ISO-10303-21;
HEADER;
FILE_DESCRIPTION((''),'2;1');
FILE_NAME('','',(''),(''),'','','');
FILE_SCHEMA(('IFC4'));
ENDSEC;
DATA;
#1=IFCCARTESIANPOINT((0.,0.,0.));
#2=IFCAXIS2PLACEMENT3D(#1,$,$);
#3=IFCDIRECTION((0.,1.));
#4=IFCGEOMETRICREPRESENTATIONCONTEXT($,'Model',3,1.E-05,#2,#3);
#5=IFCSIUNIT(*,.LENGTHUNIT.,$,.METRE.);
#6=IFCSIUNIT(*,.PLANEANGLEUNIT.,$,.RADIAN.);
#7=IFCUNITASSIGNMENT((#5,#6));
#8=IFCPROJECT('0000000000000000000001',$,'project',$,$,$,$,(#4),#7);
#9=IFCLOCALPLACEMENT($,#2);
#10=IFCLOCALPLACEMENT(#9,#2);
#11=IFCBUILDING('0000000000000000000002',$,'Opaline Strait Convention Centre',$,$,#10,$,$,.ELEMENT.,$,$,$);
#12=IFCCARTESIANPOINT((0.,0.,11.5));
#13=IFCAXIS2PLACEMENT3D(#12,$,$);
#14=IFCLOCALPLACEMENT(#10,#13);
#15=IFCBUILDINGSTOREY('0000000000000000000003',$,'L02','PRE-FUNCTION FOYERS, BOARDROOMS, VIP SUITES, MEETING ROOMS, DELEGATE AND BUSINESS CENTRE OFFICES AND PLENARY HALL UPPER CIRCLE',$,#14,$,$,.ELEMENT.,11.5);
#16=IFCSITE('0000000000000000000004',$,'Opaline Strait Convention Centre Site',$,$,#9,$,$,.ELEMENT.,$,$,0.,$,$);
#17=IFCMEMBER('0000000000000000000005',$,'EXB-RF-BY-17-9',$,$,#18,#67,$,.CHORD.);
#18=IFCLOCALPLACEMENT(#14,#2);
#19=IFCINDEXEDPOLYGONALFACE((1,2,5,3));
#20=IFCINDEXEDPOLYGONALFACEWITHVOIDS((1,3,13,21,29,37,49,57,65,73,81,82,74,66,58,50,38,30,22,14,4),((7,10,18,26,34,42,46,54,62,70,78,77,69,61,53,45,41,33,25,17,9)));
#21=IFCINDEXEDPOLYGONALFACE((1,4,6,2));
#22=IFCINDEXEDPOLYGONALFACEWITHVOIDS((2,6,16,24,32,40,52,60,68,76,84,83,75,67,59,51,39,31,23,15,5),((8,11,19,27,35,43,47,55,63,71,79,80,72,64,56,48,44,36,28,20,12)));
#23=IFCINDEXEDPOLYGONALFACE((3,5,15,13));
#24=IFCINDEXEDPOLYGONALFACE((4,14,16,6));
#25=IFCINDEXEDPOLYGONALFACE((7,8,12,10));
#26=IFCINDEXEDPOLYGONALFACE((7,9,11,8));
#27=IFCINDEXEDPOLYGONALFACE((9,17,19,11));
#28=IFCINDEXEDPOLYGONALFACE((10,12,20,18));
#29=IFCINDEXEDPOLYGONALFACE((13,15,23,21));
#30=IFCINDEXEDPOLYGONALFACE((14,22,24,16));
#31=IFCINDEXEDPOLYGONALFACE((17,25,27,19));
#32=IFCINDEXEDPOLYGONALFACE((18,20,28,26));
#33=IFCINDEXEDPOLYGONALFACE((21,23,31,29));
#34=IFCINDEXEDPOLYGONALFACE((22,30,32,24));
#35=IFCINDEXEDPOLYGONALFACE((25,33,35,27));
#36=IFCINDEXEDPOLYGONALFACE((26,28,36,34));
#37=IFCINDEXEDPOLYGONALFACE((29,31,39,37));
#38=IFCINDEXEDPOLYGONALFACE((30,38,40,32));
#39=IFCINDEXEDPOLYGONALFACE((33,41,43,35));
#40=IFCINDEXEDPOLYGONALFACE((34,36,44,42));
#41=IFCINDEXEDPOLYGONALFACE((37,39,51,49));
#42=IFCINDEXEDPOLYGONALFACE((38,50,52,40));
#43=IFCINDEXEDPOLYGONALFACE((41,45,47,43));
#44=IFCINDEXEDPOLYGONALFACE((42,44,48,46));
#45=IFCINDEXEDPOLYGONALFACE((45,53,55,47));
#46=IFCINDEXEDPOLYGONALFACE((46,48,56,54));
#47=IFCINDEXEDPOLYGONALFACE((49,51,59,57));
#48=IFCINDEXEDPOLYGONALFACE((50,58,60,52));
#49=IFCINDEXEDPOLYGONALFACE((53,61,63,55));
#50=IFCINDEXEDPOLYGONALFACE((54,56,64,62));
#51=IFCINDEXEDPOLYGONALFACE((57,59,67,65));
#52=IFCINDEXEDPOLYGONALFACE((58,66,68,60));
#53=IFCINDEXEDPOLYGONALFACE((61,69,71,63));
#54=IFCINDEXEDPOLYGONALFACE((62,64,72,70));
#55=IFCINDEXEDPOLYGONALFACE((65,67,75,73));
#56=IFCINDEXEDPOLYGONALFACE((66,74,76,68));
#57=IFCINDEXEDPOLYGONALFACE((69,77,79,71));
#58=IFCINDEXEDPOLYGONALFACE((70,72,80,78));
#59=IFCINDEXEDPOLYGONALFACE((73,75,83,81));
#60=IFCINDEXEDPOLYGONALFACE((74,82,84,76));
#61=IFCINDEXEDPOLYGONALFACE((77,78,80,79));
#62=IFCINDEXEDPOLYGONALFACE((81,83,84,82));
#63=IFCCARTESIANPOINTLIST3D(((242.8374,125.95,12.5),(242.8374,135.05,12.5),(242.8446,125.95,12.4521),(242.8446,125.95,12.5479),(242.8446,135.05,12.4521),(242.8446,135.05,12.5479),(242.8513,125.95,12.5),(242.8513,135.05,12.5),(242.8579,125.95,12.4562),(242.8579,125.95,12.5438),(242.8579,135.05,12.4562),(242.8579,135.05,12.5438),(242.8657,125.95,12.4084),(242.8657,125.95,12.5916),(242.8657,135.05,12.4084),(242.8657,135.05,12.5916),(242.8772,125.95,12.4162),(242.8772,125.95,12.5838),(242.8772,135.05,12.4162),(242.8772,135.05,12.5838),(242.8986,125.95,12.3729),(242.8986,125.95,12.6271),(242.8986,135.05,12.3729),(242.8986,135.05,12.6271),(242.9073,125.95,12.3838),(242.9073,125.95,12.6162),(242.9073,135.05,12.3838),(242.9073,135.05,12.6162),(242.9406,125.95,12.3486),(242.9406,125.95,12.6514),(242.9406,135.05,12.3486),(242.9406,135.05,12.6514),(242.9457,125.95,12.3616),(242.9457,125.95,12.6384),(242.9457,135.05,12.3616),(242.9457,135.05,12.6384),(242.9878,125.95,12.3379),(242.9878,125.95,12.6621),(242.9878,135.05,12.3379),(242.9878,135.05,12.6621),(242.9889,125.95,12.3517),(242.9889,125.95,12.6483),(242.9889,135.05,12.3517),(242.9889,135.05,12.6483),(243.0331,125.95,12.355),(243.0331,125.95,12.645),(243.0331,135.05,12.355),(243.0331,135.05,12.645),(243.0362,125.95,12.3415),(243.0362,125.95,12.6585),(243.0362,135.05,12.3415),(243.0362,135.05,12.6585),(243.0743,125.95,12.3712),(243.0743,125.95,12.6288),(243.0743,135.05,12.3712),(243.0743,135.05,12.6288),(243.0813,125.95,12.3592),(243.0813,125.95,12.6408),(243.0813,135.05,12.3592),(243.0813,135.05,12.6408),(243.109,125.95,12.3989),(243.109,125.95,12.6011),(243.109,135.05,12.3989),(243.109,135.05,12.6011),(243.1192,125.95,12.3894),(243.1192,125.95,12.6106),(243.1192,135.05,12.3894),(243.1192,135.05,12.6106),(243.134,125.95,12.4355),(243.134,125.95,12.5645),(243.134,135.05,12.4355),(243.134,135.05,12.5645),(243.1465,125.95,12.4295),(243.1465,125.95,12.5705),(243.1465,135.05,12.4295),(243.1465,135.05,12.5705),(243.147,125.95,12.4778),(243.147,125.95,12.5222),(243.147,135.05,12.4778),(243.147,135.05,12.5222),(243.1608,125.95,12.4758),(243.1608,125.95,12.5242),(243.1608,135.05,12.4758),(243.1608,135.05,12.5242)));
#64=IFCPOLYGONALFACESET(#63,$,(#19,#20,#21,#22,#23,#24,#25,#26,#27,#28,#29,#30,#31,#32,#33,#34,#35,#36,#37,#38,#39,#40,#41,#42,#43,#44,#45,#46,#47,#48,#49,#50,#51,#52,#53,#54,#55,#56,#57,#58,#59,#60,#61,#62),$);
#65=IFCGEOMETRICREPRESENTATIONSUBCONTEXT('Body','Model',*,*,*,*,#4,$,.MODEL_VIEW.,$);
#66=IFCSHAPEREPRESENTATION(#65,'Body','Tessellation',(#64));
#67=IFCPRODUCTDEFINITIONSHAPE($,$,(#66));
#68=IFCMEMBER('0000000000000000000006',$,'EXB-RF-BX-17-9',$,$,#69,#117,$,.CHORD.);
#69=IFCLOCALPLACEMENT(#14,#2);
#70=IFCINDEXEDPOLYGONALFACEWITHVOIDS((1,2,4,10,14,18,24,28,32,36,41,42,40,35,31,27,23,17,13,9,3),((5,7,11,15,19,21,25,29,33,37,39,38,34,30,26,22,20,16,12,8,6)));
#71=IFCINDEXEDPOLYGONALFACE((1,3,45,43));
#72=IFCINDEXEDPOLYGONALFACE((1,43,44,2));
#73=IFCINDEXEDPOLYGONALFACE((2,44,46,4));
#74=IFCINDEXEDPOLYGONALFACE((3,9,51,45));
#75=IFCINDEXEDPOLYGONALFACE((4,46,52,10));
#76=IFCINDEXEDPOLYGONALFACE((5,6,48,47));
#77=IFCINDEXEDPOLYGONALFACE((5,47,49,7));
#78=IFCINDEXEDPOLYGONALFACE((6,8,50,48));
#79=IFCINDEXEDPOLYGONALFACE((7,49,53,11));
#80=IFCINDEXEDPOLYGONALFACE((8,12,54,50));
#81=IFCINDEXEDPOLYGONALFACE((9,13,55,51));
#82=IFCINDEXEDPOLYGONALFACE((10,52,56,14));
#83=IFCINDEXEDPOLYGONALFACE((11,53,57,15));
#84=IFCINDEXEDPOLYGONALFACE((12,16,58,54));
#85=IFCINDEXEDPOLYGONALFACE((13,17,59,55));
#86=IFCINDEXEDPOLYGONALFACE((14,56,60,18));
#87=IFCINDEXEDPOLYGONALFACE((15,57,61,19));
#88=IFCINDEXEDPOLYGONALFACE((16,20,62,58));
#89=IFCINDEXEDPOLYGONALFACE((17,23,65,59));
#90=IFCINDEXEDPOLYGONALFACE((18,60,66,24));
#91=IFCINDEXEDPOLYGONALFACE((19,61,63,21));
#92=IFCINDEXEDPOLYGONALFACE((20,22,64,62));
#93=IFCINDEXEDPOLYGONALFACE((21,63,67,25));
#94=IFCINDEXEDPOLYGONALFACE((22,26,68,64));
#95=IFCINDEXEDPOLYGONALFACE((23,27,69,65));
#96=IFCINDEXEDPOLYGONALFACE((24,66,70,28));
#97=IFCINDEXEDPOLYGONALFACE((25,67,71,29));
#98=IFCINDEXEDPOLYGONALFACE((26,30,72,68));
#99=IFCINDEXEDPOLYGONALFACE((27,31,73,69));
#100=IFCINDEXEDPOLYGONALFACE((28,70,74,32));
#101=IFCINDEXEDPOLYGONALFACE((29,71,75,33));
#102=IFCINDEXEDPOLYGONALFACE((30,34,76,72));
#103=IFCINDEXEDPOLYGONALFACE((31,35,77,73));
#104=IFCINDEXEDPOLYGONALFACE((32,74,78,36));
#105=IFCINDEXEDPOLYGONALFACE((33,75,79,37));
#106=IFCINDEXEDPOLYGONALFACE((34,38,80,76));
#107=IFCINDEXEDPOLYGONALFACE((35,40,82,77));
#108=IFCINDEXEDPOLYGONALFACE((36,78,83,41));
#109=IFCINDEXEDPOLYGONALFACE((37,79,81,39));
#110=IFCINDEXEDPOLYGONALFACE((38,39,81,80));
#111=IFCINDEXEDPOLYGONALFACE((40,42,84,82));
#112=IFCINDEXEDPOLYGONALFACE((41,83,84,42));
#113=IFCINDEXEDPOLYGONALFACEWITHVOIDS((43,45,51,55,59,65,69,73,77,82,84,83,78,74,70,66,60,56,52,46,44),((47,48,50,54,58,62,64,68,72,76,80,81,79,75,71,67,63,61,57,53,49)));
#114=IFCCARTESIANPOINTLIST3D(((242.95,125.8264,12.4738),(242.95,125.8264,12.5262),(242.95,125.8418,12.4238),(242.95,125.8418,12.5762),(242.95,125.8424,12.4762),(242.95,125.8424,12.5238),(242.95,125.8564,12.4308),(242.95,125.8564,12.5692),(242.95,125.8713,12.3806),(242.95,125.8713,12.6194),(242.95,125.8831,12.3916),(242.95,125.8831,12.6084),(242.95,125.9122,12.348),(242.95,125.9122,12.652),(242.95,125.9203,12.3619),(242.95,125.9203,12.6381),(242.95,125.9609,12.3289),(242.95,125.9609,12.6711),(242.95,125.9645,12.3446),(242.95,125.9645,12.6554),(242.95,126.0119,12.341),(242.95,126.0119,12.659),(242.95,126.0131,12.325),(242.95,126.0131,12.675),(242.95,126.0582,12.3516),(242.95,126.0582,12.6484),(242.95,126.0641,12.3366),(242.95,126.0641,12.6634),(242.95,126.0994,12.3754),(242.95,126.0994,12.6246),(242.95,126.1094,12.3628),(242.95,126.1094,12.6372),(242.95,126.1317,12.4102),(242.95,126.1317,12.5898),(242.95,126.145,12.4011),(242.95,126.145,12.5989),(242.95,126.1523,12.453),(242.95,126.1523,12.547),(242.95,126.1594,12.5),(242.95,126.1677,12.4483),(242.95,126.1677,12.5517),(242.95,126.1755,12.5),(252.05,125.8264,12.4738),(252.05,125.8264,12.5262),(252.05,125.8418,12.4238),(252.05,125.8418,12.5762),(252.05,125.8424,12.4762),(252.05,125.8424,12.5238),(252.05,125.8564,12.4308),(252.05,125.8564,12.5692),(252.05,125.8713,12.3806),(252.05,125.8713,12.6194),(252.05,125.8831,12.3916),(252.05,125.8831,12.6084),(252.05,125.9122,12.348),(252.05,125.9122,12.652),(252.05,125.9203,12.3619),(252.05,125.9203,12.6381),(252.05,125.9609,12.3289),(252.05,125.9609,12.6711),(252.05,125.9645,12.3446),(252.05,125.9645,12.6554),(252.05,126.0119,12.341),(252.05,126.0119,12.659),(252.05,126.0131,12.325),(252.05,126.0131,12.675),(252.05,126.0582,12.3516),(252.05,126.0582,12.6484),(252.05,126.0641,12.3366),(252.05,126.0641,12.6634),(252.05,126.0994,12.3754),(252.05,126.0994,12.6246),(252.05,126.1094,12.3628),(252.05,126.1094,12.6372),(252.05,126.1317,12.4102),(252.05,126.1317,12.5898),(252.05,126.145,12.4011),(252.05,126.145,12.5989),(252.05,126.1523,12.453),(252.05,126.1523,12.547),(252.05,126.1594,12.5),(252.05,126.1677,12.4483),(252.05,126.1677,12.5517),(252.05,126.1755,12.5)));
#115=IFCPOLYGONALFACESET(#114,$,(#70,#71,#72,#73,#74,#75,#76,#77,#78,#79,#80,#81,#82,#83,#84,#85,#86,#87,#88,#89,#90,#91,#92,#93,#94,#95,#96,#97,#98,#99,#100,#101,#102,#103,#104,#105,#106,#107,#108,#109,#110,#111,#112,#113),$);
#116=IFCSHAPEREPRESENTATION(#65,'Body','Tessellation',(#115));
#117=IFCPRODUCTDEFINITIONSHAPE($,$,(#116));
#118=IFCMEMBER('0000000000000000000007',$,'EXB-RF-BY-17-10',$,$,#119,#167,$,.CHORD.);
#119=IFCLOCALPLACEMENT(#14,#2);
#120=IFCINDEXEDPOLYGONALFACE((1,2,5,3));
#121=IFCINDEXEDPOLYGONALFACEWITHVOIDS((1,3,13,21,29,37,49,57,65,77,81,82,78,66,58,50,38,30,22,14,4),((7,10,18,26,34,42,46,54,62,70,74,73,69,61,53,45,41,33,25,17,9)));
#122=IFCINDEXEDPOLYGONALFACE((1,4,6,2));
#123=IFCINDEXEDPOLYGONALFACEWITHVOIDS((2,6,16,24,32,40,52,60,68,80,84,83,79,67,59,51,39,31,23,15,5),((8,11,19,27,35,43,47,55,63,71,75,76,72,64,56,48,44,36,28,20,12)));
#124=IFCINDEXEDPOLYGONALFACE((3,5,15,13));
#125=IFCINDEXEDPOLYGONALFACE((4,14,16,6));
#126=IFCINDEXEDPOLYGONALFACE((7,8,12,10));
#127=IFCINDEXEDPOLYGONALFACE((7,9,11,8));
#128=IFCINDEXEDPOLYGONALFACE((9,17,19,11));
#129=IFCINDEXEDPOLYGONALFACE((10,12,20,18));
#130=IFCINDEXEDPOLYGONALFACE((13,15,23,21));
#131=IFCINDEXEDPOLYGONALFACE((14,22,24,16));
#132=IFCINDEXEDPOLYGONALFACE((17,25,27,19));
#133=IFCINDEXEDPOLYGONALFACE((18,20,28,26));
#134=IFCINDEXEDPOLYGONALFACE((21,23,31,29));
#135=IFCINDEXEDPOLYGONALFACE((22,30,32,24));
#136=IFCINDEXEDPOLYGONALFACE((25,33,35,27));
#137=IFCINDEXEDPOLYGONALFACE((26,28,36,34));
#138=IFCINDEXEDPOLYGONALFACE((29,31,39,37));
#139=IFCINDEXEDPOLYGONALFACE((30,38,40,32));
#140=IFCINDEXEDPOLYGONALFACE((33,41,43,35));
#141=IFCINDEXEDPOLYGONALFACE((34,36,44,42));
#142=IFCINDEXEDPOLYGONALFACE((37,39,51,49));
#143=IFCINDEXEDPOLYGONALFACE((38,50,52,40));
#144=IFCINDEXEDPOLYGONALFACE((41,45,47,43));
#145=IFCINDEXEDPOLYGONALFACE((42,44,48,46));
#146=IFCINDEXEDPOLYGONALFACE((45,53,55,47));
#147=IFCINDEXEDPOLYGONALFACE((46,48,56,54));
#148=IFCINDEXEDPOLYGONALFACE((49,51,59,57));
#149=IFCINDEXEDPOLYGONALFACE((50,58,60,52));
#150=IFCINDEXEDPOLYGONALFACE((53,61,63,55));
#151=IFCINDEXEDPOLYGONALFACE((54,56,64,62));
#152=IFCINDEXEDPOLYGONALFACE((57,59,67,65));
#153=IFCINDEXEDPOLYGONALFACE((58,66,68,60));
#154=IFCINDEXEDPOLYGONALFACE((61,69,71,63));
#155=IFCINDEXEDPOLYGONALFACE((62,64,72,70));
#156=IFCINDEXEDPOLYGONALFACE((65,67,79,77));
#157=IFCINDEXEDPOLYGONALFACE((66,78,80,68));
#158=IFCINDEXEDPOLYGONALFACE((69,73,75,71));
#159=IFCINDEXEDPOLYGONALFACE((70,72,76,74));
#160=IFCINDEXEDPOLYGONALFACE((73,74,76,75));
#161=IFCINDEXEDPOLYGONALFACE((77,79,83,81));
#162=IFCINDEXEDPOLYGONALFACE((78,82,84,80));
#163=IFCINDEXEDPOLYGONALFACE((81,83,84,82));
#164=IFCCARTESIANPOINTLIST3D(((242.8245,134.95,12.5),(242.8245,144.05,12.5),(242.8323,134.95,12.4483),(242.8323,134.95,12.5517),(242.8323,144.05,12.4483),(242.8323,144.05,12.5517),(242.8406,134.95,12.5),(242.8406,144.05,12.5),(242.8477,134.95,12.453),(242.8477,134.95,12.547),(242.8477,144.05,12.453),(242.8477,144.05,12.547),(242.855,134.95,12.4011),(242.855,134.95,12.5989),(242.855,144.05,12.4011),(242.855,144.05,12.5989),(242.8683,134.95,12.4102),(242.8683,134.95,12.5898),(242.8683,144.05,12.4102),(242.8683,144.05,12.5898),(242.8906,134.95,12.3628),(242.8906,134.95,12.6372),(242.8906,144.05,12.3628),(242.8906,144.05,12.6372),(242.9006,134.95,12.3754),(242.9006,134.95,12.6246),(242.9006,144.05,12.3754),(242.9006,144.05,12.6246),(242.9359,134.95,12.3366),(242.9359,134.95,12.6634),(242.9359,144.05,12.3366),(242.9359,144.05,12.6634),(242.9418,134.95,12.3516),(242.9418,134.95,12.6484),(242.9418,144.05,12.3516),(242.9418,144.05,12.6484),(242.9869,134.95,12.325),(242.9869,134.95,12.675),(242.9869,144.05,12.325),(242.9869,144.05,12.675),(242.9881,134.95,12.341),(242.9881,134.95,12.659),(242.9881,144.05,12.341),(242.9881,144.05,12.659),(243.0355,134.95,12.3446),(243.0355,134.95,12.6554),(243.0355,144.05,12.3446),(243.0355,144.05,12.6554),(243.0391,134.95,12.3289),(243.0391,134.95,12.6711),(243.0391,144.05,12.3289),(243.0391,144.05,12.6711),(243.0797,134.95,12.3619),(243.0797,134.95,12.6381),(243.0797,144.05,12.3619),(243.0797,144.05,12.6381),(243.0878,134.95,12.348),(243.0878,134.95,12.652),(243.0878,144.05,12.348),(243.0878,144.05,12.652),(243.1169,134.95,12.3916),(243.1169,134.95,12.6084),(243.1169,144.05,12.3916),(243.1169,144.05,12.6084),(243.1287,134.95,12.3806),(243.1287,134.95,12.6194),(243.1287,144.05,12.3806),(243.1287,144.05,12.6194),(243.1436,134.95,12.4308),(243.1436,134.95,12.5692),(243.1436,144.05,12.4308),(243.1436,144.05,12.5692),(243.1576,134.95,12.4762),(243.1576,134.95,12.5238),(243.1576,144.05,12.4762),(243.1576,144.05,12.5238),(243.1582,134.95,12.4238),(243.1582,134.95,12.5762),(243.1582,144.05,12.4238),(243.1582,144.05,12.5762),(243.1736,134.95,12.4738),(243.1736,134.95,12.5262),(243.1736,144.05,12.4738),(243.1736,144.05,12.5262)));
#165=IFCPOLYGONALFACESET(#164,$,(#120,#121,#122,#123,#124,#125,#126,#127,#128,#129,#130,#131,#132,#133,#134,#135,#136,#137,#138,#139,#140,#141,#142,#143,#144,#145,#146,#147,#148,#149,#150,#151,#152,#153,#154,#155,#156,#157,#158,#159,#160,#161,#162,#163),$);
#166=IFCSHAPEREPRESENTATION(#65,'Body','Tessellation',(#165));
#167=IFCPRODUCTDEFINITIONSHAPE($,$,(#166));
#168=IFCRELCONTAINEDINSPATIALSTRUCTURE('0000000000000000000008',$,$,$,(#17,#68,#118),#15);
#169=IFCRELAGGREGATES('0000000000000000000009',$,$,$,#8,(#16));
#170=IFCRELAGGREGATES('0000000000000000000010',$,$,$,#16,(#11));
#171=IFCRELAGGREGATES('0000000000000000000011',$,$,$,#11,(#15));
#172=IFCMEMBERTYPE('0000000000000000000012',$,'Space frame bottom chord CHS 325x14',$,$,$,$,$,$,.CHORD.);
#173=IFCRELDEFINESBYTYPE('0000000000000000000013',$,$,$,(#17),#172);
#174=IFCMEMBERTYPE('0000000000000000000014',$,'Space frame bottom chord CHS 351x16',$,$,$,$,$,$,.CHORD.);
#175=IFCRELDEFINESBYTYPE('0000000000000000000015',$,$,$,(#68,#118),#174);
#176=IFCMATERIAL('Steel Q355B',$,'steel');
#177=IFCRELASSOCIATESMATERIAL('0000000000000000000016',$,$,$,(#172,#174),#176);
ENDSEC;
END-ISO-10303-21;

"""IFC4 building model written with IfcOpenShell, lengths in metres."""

from ifc_helpers import new_model, si_unit, direction, frame, origin, origin_2d, place, context, subcontext, project, spatial, hollow_circle, extrude, material, material_profile, profile_set, type_object, element, save


model = new_model("IFC4")

# Units and contexts
model_context = context("Model", 3, precision=1e-05, world=origin(), true_north=direction((0.0, 1.0)))
body_context = subcontext(model_context, "Body", "Model", "MODEL_VIEW")
ifc_project = project(units=[si_unit("LENGTHUNIT", "METRE"), si_unit("PLANEANGLEUNIT", "RADIAN")], contexts=[model_context])

# Site, building, storey
site_placement = place(None, origin())
site = spatial("IfcSite", under=ifc_project, at=site_placement, Name="Opaline Strait Convention Centre Site", CompositionType="ELEMENT", RefElevation=0.0)
building_placement = place(site_placement, origin())
building = spatial("IfcBuilding", under=site, at=building_placement, Name="Opaline Strait Convention Centre", CompositionType="ELEMENT")
storey_placement = place(building_placement, frame((0.0, 0.0, 11.5)))
storey = spatial("IfcBuildingStorey", under=building, at=storey_placement, Name="L02", Description="PRE-FUNCTION FOYERS, BOARDROOMS, VIP SUITES, MEETING ROOMS, DELEGATE AND BUSINESS CENTRE OFFICES AND PLENARY HALL UPPER CIRCLE", CompositionType="ELEMENT", Elevation=11.5)

# Members
ifc_material = material(Name="Steel Q355B", Category="steel")
ifc_material_profile_1 = material_profile(ifc_material, hollow_circle(Radius=0.1626, WallThickness=0.0139, at=origin_2d()), Name="CHS 325x14")
ifc_profile_set_1 = profile_set([ifc_material_profile_1], Name="Steel Q355B")
member_type_1 = type_object("IfcMemberType", Name="Space frame bottom chord CHS 325x14", PredefinedType="CHORD", material=ifc_profile_set_1)
for number, where, z_axis, x_axis, name in (
    (1, (243.0, 125.95, 12.5), (0.0, 1.0, 0.0), (-1.0, 0.0, 0.0), "EXB-RF-BY-17-9"),
):
    element("IfcMember", number, at=place(storey_placement, frame(where, z_axis=z_axis, x_axis=x_axis)), inside=storey, type_object=member_type_1, Name=name, PredefinedType="CHORD", context=body_context, shape_type="SweptSolid", body=[
        extrude(hollow_circle(Radius=0.1626, WallThickness=0.0139, at=origin_2d()), origin(), (0.0, 0.0, 1.0), 9.1001),
    ])
ifc_material_profile_2 = material_profile(ifc_material, hollow_circle(Radius=0.1755, WallThickness=0.0161, at=origin_2d()), Name="CHS 351x16")
ifc_profile_set_2 = profile_set([ifc_material_profile_2], Name="Steel Q355B")
member_type_2 = type_object("IfcMemberType", Name="Space frame bottom chord CHS 351x16", PredefinedType="CHORD", material=ifc_profile_set_2)
for number, where, z_axis, x_axis, name in (
    (2, (242.95, 126.0, 12.5), (1.0, 0.0, 0.0), (0.0, 1.0, 0.0), "EXB-RF-BX-17-9"),
    (3, (243.0, 134.95, 12.5), (0.0, 1.0, 0.0), (-1.0, 0.0, 0.0), "EXB-RF-BY-17-10"),
):
    element("IfcMember", number, at=place(storey_placement, frame(where, z_axis=z_axis, x_axis=x_axis)), inside=storey, type_object=member_type_2, Name=name, PredefinedType="CHORD", context=body_context, shape_type="SweptSolid", body=[
        extrude(hollow_circle(Radius=0.1755, WallThickness=0.0161, at=origin_2d()), origin(), (0.0, 0.0, 1.0), 9.1001),
    ])

save(model, "model.ifc")
